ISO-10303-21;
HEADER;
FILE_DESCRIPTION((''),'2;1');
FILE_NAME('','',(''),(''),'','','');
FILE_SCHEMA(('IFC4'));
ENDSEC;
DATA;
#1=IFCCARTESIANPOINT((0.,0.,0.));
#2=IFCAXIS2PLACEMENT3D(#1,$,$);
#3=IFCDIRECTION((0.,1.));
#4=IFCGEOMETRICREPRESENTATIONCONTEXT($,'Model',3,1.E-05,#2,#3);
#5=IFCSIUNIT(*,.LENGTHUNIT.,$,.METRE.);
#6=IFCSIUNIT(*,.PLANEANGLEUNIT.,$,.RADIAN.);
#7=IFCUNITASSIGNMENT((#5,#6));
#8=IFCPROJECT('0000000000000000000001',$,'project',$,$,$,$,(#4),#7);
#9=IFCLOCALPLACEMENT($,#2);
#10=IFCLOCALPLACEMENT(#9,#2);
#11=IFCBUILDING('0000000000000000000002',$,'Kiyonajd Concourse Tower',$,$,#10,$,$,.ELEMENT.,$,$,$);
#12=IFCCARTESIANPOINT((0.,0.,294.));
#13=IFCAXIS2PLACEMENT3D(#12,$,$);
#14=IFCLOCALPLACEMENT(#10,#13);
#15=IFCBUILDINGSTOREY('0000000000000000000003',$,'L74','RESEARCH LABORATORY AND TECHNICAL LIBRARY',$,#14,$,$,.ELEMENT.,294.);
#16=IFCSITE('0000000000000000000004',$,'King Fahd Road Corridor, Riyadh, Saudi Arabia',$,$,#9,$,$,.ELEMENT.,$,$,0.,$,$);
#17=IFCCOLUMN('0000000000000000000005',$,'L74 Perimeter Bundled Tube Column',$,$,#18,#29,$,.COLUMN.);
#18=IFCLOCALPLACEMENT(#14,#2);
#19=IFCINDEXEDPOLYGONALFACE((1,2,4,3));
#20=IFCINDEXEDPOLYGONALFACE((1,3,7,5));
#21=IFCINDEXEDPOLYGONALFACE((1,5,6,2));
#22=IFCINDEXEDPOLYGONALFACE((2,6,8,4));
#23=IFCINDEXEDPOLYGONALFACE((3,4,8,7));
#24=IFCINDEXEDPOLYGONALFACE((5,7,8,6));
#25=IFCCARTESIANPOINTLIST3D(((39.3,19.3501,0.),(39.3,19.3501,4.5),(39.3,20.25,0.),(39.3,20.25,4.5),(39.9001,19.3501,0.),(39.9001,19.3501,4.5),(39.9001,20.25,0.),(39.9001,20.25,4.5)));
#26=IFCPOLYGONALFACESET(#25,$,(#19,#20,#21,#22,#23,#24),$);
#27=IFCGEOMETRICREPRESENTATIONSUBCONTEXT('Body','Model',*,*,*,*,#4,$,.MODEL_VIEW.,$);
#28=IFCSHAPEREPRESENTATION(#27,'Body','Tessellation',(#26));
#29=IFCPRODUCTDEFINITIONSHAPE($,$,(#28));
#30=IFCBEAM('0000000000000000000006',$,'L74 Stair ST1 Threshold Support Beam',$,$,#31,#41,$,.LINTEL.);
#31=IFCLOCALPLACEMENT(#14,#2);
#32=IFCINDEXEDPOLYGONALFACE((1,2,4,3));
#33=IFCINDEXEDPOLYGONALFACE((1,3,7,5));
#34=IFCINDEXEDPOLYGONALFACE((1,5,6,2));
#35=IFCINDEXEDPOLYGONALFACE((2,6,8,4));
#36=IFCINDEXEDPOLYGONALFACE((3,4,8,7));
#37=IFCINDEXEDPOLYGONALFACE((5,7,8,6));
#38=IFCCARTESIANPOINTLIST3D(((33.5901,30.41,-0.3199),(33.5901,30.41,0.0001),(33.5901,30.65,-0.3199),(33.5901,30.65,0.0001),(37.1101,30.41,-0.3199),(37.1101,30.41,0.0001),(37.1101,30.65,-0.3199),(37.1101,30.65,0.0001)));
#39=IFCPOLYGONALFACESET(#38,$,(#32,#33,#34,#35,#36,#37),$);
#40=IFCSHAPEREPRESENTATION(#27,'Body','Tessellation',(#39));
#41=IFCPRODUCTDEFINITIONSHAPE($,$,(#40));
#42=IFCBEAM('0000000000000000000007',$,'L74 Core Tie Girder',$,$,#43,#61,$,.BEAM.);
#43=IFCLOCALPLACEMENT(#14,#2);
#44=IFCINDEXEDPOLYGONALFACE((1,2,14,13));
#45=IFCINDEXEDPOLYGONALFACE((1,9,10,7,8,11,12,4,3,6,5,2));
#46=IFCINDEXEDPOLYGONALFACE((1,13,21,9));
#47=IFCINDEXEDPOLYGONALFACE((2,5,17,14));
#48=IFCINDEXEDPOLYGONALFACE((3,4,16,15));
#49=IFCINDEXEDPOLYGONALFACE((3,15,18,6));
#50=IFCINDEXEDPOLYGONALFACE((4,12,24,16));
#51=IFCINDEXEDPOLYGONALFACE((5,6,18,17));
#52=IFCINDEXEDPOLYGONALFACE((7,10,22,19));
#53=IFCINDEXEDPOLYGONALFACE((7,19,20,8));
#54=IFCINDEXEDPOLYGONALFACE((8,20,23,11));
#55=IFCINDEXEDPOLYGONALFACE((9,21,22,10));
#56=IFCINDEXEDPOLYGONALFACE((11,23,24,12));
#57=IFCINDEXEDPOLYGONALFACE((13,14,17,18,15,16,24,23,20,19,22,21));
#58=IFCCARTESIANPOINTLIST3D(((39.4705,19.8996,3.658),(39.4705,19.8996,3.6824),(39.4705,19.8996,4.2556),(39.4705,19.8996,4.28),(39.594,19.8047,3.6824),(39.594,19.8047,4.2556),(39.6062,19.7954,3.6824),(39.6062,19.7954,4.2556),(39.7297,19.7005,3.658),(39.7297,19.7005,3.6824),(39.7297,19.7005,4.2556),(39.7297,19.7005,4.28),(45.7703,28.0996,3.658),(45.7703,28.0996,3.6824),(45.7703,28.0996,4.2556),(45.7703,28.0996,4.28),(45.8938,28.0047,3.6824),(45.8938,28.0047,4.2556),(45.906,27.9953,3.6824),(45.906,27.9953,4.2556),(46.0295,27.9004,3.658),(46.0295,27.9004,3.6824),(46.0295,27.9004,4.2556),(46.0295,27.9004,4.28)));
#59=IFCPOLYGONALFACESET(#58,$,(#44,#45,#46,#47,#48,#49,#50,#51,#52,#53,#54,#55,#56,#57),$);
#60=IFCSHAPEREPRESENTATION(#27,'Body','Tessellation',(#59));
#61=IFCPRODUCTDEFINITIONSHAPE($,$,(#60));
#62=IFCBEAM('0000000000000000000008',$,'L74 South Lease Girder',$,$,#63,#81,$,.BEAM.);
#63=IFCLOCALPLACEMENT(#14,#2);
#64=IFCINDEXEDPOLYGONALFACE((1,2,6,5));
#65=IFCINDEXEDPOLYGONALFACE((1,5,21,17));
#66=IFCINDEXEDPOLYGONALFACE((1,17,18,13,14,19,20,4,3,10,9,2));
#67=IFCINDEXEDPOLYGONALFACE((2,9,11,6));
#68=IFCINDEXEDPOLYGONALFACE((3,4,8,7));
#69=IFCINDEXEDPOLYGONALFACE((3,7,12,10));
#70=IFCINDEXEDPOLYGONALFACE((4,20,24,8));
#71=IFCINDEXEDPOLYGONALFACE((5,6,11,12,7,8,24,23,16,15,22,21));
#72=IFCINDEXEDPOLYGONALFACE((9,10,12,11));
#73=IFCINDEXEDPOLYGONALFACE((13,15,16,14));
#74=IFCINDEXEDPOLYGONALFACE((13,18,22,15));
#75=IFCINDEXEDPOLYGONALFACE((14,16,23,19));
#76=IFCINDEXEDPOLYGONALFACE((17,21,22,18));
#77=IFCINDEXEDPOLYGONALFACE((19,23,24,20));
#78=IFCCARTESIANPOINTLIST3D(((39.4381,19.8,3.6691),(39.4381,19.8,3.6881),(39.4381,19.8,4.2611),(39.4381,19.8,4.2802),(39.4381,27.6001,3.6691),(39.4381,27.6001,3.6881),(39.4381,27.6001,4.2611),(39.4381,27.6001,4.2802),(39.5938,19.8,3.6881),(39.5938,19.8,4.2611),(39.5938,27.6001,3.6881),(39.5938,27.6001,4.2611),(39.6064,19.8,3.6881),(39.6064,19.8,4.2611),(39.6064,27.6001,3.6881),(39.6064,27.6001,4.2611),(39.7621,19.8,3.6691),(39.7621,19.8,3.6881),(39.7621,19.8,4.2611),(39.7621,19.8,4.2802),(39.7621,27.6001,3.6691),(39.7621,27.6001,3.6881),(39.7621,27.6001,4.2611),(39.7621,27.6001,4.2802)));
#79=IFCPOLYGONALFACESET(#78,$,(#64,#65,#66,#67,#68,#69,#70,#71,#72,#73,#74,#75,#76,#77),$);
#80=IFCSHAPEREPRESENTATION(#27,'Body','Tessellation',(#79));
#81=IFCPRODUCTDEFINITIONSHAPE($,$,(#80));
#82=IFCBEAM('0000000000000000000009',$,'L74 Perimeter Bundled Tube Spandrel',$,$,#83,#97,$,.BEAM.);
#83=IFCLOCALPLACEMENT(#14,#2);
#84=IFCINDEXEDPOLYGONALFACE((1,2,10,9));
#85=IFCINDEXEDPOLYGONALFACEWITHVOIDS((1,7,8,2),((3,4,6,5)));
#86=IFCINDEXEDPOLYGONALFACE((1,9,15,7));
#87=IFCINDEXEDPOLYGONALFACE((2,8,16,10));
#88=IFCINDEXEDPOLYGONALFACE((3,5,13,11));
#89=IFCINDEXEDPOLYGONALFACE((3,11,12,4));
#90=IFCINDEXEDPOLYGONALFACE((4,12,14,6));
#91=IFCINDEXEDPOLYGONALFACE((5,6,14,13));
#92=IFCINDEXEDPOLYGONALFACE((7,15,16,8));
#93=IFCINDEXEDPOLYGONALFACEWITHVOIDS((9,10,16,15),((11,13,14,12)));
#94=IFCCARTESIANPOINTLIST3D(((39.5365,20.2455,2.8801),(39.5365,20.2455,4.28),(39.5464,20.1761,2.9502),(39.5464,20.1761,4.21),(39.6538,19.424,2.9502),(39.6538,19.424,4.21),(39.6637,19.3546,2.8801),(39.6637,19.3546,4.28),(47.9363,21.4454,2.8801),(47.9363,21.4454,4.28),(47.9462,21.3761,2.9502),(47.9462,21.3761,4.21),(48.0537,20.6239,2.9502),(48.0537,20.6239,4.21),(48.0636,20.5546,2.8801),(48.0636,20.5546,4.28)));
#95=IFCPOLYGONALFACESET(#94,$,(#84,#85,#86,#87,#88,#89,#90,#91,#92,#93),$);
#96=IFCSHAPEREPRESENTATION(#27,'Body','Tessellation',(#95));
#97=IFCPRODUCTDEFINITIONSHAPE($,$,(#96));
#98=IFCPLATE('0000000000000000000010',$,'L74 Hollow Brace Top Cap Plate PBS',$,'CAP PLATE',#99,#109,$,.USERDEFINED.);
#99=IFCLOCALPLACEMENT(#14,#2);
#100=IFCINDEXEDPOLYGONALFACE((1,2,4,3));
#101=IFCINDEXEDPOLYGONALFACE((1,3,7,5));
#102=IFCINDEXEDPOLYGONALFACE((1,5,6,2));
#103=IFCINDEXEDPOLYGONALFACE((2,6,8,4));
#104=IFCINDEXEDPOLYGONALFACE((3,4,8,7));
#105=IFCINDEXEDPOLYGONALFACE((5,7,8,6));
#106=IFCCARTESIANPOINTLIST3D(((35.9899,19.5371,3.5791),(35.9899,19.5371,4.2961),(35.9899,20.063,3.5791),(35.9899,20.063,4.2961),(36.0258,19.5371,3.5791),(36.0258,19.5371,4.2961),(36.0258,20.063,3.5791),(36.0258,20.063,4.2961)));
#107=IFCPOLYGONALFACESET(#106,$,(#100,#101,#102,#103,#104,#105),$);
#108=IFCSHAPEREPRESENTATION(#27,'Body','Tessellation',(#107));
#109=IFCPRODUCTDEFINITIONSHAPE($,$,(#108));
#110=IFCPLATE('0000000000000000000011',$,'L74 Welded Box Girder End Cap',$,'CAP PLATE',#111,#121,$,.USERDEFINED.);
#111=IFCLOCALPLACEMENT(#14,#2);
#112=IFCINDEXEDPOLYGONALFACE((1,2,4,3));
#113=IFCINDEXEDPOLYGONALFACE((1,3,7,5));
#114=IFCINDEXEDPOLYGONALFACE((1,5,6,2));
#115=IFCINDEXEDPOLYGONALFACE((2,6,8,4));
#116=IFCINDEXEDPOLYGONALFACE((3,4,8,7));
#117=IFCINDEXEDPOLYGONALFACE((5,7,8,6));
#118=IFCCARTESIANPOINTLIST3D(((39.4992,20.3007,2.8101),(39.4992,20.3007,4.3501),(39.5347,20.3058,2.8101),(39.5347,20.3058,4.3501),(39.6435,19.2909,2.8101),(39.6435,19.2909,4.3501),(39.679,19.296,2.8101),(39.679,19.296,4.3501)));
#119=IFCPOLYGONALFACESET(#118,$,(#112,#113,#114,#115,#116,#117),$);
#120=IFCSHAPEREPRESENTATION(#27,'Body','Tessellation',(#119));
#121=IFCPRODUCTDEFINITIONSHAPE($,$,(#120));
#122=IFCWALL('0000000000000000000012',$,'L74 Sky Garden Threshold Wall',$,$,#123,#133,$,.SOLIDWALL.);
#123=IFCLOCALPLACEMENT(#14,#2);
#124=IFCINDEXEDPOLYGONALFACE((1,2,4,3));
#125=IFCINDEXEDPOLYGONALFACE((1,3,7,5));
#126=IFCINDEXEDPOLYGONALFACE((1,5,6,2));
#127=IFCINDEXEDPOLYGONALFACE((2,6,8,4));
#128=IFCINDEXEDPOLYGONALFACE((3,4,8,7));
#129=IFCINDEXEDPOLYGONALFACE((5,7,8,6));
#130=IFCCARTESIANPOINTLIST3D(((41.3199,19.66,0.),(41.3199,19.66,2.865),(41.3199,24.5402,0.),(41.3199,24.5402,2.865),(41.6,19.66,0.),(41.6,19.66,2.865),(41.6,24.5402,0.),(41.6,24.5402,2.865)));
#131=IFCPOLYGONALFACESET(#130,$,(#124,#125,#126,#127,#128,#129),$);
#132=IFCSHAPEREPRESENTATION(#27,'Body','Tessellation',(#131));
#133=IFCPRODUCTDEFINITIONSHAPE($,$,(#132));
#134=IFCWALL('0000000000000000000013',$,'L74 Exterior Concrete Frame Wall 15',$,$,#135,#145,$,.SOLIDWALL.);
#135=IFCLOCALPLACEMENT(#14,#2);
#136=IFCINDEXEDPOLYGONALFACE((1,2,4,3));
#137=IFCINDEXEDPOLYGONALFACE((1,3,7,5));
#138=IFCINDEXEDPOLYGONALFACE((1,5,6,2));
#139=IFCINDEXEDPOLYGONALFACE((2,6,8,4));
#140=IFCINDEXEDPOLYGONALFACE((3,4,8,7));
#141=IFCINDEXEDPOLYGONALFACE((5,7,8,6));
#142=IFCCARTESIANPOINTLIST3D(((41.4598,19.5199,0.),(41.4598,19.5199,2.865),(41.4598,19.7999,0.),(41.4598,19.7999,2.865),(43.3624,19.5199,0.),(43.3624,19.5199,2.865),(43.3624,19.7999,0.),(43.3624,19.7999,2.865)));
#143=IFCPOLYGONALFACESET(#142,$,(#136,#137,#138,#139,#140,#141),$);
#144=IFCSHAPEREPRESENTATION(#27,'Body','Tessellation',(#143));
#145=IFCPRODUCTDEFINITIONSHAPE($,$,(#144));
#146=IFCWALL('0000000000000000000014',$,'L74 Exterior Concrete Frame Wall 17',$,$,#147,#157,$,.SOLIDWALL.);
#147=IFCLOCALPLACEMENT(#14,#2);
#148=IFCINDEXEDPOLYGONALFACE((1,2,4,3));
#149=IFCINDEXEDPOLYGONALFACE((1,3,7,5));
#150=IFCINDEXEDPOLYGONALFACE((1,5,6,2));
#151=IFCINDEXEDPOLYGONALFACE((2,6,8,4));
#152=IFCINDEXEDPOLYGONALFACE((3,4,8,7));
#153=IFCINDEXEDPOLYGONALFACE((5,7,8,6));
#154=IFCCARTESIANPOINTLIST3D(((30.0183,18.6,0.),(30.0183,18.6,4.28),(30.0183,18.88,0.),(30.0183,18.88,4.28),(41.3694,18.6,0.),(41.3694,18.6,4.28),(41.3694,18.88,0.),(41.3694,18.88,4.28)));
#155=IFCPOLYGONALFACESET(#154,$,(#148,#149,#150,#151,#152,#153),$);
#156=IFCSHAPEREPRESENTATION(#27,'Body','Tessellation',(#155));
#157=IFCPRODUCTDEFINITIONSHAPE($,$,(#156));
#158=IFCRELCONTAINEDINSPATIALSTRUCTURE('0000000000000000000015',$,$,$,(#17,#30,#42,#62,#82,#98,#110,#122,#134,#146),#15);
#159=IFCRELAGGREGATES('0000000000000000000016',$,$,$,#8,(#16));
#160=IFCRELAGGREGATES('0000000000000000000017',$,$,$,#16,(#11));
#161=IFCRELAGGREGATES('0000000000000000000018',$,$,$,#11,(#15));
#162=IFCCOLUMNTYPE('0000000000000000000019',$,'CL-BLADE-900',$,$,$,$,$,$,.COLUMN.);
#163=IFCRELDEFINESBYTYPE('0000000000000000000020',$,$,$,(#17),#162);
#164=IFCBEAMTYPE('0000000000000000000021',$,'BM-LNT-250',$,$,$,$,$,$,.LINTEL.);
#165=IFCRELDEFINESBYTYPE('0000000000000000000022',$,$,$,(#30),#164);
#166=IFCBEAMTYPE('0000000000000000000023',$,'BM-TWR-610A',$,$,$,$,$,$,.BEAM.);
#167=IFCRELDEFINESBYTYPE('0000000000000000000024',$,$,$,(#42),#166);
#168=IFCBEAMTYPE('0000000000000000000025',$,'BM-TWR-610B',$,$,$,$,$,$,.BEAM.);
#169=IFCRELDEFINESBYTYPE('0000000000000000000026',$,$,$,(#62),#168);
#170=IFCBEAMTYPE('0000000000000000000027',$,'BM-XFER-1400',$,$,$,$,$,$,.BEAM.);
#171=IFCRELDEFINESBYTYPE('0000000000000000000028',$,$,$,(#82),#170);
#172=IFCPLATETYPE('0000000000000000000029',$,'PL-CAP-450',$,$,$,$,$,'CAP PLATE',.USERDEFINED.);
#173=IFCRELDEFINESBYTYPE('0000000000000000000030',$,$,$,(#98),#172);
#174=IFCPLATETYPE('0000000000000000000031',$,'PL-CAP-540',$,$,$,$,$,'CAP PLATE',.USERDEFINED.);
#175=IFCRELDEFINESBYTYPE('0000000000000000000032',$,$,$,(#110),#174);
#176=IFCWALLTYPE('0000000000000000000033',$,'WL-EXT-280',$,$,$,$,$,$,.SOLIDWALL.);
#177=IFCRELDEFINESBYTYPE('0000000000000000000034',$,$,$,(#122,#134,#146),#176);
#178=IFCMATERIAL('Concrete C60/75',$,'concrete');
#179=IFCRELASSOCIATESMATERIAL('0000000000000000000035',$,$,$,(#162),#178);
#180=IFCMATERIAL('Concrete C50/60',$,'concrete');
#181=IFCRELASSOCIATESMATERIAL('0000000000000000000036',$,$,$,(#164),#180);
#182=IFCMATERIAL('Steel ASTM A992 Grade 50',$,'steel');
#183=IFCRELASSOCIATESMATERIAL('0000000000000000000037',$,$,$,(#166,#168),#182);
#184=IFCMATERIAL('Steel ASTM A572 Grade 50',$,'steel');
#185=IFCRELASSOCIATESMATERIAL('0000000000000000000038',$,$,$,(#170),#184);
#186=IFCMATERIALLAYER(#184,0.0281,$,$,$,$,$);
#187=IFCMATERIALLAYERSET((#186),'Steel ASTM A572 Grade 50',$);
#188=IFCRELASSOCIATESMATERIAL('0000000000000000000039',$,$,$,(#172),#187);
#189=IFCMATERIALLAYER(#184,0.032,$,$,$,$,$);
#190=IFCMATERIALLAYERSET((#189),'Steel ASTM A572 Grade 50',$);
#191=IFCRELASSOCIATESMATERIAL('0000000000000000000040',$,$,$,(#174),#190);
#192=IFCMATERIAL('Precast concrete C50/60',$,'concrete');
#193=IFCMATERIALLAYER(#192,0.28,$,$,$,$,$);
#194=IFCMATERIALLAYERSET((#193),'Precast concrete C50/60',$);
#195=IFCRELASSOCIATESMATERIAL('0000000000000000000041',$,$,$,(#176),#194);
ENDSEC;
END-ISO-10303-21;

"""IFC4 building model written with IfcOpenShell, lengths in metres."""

from ifc_helpers import new_model, si_unit, direction, frame, frame_2d, origin, origin_2d, place, context, subcontext, project, spatial, rectangle, hollow_rectangle, i_section, extrude, material, layer, layer_set, material_profile, profile_set, type_object, element, save


model = new_model("IFC4")

# Units and contexts
model_context = context("Model", 3, precision=1e-05, world=origin(), true_north=direction((0.0, 1.0)))
body_context = subcontext(model_context, "Body", "Model", "MODEL_VIEW")
ifc_project = project(units=[si_unit("LENGTHUNIT", "METRE"), si_unit("PLANEANGLEUNIT", "RADIAN")], contexts=[model_context])

# Site, building, storey
site_placement = place(None, origin())
site = spatial("IfcSite", under=ifc_project, at=site_placement, Name="King Fahd Road Corridor, Riyadh, Saudi Arabia", CompositionType="ELEMENT", RefElevation=0.0)
building_placement = place(site_placement, origin())
building = spatial("IfcBuilding", under=site, at=building_placement, Name="Kiyonajd Concourse Tower", CompositionType="ELEMENT")
storey_placement = place(building_placement, frame((0.0, 0.0, 294.0)))
storey = spatial("IfcBuildingStorey", under=building, at=storey_placement, Name="L74", Description="RESEARCH LABORATORY AND TECHNICAL LIBRARY", CompositionType="ELEMENT", Elevation=294.0)

# Column
ifc_material_1 = material(Name="Concrete C60/75", Category="concrete")
ifc_material_profile_1 = material_profile(ifc_material_1, rectangle(XDim=0.6001, YDim=0.8999, at=origin_2d()), Name="RC-900x600")
ifc_profile_set_1 = profile_set([ifc_material_profile_1], Name="Concrete C60/75")
column_type = type_object("IfcColumnType", Name="CL-BLADE-900", PredefinedType="COLUMN", material=ifc_profile_set_1)
column_placement = place(storey_placement, frame((39.6001, 19.8, 0.0), z_axis=(0.0, 0.0, 1.0), x_axis=(1.0, 0.0, 0.0)))
element("IfcColumn", 1, at=column_placement, inside=storey, type_object=column_type, Name="L74 Perimeter Bundled Tube Column", PredefinedType="COLUMN", context=body_context, shape_type="SweptSolid", body=[
    extrude(rectangle(XDim=0.6001, YDim=0.8999, at=origin_2d()), origin(), (0.0, 0.0, 1.0), 4.5),
])

# Beams
ifc_material_2 = material(Name="Concrete C50/60", Category="concrete")
ifc_material_profile_2 = material_profile(ifc_material_2, rectangle(XDim=0.24, YDim=0.3201, at=origin_2d()), Name="RCBM-240x320")
ifc_profile_set_2 = profile_set([ifc_material_profile_2], Name="Concrete C50/60")
beam_type_1 = type_object("IfcBeamType", Name="BM-LNT-250", PredefinedType="LINTEL", material=ifc_profile_set_2)
beam_1_placement = place(storey_placement, frame((33.5901, 30.53, -0.1599), z_axis=(1.0, 0.0, 0.0), x_axis=(0.0, 1.0, 0.0)))
element("IfcBeam", 2, at=beam_1_placement, inside=storey, type_object=beam_type_1, Name="L74 Stair ST1 Threshold Support Beam", PredefinedType="LINTEL", context=body_context, shape_type="SweptSolid", body=[
    extrude(rectangle(XDim=0.24, YDim=0.3201, at=origin_2d()), origin(), (0.0, 0.0, 1.0), 3.52),
])
ifc_material_3 = material(Name="Steel ASTM A992 Grade 50", Category="steel")
ifc_material_profile_3 = material_profile(ifc_material_3, i_section(OverallWidth=0.3269, OverallDepth=0.6221, WebThickness=0.0154, FlangeThickness=0.0244, at=origin_2d()), Name="W610X195")
ifc_profile_set_3 = profile_set([ifc_material_profile_3], Name="Steel ASTM A992 Grade 50")
beam_type_2 = type_object("IfcBeamType", Name="BM-TWR-610A", PredefinedType="BEAM", material=ifc_profile_set_3)
beam_2_placement = place(storey_placement, frame((39.6001, 19.8, 3.969), z_axis=(0.609234, 0.792991, 0.0), x_axis=(-0.792991, 0.609234, 0.0)))
element("IfcBeam", 3, at=beam_2_placement, inside=storey, type_object=beam_type_2, Name="L74 Core Tie Girder", PredefinedType="BEAM", context=body_context, shape_type="SweptSolid", body=[
    extrude(i_section(OverallWidth=0.3269, OverallDepth=0.6221, WebThickness=0.0154, FlangeThickness=0.0244, at=origin_2d()), origin(), (0.0, 0.0, 1.0), 10.3406),
])
ifc_material_profile_4 = material_profile(ifc_material_3, i_section(OverallWidth=0.324, OverallDepth=0.6111, WebThickness=0.0127, FlangeThickness=0.019, at=origin_2d()), Name="W610X155")
ifc_profile_set_4 = profile_set([ifc_material_profile_4], Name="Steel ASTM A992 Grade 50")
beam_type_3 = type_object("IfcBeamType", Name="BM-TWR-610B", PredefinedType="BEAM", material=ifc_profile_set_4)
beam_3_placement = place(storey_placement, frame((39.6001, 19.8, 3.9746), z_axis=(0.0, 1.0, 0.0), x_axis=(-1.0, 0.0, 0.0)))
element("IfcBeam", 4, at=beam_3_placement, inside=storey, type_object=beam_type_3, Name="L74 South Lease Girder", PredefinedType="BEAM", context=body_context, shape_type="SweptSolid", body=[
    extrude(i_section(OverallWidth=0.324, OverallDepth=0.6111, WebThickness=0.0127, FlangeThickness=0.019, at=origin_2d()), origin(), (0.0, 0.0, 1.0), 7.8),
])
ifc_material_4 = material(Name="Steel ASTM A572 Grade 50", Category="steel")
ifc_material_profile_5 = material_profile(ifc_material_4, hollow_rectangle(XDim=0.8999, YDim=1.3999, WallThickness=0.0701, at=origin_2d()), Name="BOX-1400x900x70")
ifc_profile_set_5 = profile_set([ifc_material_profile_5], Name="Steel ASTM A572 Grade 50")
beam_type_4 = type_object("IfcBeamType", Name="BM-XFER-1400", PredefinedType="BEAM", material=ifc_profile_set_5)
beam_4_placement = place(storey_placement, frame((39.6001, 19.8, 3.5801), z_axis=(0.98995, 0.141417, 0.0), x_axis=(-0.141417, 0.98995, 0.0)))
element("IfcBeam", 5, at=beam_4_placement, inside=storey, type_object=beam_type_4, Name="L74 Perimeter Bundled Tube Spandrel", PredefinedType="BEAM", context=body_context, shape_type="SweptSolid", body=[
    extrude(hollow_rectangle(XDim=0.8999, YDim=1.3999, WallThickness=0.0701, at=origin_2d()), origin(), (0.0, 0.0, 1.0), 8.4851),
])

# Plates
ifc_layer_1 = layer(ifc_material_4, 0.0281)
ifc_layer_set_1 = layer_set([ifc_layer_1], Name="Steel ASTM A572 Grade 50")
plate_type_1 = type_object("IfcPlateType", Name="PL-CAP-450", ElementType="CAP PLATE", PredefinedType="USERDEFINED", material=ifc_layer_set_1)
plate_1_placement = place(storey_placement, frame((36.0078, 19.8, 3.5791), z_axis=(0.0, 0.0, 1.0), x_axis=(1.0, 0.0, 0.0)))
element("IfcPlate", 6, at=plate_1_placement, inside=storey, type_object=plate_type_1, Name="L74 Hollow Brace Top Cap Plate PBS", ObjectType="CAP PLATE", PredefinedType="USERDEFINED", context=body_context, shape_type="SweptSolid", body=[
    extrude(rectangle(XDim=0.0359, YDim=0.5259, at=origin_2d()), origin(), (0.0, 0.0, 1.0), 0.717),
])
ifc_layer_2 = layer(ifc_material_4, 0.032)
ifc_layer_set_2 = layer_set([ifc_layer_2], Name="Steel ASTM A572 Grade 50")
plate_type_2 = type_object("IfcPlateType", Name="PL-CAP-540", ElementType="CAP PLATE", PredefinedType="USERDEFINED", material=ifc_layer_set_2)
plate_2_placement = place(storey_placement, frame((39.5891, 19.7983, 2.8101), z_axis=(0.0, 0.0, 1.0), x_axis=(-0.98995, -0.14142, 0.0)))
element("IfcPlate", 7, at=plate_2_placement, inside=storey, type_object=plate_type_2, Name="L74 Welded Box Girder End Cap", ObjectType="CAP PLATE", PredefinedType="USERDEFINED", context=body_context, shape_type="SweptSolid", body=[
    extrude(rectangle(XDim=0.0359, YDim=1.02, at=origin_2d()), origin(), (0.0, 0.0, 1.0), 1.54),
])

# Walls
ifc_material_5 = material(Name="Precast concrete C50/60", Category="concrete")
ifc_layer_3 = layer(ifc_material_5, 0.28)
ifc_layer_set_3 = layer_set([ifc_layer_3], Name="Precast concrete C50/60")
wall_type_1 = type_object("IfcWallType", Name="WL-EXT-280", PredefinedType="SOLIDWALL", material=ifc_layer_set_3)
wall_1_placement = place(storey_placement, frame((41.46, 24.54, 0.0), z_axis=(0.0, 0.0, 1.0), x_axis=(0.0, -1.0, 0.0)))
element("IfcWall", 8, at=wall_1_placement, inside=storey, type_object=wall_type_1, Name="L74 Sky Garden Threshold Wall", PredefinedType="SOLIDWALL", context=body_context, shape_type="SweptSolid", body=[
    extrude(rectangle(XDim=4.8801, YDim=0.28, at=frame_2d((2.4399, 0.0))), origin(), (0.0, 0.0, 1.0), 2.865),
])
wall_2_placement = place(storey_placement, frame((41.46, 19.6599, 0.0), z_axis=(0.0, 0.0, 1.0), x_axis=(1.0, 0.0, 0.0)))
element("IfcWall", 9, at=wall_2_placement, inside=storey, type_object=wall_type_1, Name="L74 Exterior Concrete Frame Wall 15", PredefinedType="SOLIDWALL", context=body_context, shape_type="SweptSolid", body=[
    extrude(rectangle(XDim=1.9026, YDim=0.28, at=frame_2d((0.9512, 0.0))), origin(), (0.0, 0.0, 1.0), 2.865),
])
wall_3_placement = place(storey_placement, frame((41.3694, 18.74, 0.0), z_axis=(0.0, 0.0, 1.0), x_axis=(-1.0, 0.0, 0.0)))
element("IfcWall", 10, at=wall_3_placement, inside=storey, type_object=wall_type_1, Name="L74 Exterior Concrete Frame Wall 17", PredefinedType="SOLIDWALL", context=body_context, shape_type="SweptSolid", body=[
    extrude(rectangle(XDim=11.3511, YDim=0.28, at=frame_2d((5.6755, 0.0))), origin(), (0.0, 0.0, 1.0), 4.28),
])

save(model, "model.ifc")
